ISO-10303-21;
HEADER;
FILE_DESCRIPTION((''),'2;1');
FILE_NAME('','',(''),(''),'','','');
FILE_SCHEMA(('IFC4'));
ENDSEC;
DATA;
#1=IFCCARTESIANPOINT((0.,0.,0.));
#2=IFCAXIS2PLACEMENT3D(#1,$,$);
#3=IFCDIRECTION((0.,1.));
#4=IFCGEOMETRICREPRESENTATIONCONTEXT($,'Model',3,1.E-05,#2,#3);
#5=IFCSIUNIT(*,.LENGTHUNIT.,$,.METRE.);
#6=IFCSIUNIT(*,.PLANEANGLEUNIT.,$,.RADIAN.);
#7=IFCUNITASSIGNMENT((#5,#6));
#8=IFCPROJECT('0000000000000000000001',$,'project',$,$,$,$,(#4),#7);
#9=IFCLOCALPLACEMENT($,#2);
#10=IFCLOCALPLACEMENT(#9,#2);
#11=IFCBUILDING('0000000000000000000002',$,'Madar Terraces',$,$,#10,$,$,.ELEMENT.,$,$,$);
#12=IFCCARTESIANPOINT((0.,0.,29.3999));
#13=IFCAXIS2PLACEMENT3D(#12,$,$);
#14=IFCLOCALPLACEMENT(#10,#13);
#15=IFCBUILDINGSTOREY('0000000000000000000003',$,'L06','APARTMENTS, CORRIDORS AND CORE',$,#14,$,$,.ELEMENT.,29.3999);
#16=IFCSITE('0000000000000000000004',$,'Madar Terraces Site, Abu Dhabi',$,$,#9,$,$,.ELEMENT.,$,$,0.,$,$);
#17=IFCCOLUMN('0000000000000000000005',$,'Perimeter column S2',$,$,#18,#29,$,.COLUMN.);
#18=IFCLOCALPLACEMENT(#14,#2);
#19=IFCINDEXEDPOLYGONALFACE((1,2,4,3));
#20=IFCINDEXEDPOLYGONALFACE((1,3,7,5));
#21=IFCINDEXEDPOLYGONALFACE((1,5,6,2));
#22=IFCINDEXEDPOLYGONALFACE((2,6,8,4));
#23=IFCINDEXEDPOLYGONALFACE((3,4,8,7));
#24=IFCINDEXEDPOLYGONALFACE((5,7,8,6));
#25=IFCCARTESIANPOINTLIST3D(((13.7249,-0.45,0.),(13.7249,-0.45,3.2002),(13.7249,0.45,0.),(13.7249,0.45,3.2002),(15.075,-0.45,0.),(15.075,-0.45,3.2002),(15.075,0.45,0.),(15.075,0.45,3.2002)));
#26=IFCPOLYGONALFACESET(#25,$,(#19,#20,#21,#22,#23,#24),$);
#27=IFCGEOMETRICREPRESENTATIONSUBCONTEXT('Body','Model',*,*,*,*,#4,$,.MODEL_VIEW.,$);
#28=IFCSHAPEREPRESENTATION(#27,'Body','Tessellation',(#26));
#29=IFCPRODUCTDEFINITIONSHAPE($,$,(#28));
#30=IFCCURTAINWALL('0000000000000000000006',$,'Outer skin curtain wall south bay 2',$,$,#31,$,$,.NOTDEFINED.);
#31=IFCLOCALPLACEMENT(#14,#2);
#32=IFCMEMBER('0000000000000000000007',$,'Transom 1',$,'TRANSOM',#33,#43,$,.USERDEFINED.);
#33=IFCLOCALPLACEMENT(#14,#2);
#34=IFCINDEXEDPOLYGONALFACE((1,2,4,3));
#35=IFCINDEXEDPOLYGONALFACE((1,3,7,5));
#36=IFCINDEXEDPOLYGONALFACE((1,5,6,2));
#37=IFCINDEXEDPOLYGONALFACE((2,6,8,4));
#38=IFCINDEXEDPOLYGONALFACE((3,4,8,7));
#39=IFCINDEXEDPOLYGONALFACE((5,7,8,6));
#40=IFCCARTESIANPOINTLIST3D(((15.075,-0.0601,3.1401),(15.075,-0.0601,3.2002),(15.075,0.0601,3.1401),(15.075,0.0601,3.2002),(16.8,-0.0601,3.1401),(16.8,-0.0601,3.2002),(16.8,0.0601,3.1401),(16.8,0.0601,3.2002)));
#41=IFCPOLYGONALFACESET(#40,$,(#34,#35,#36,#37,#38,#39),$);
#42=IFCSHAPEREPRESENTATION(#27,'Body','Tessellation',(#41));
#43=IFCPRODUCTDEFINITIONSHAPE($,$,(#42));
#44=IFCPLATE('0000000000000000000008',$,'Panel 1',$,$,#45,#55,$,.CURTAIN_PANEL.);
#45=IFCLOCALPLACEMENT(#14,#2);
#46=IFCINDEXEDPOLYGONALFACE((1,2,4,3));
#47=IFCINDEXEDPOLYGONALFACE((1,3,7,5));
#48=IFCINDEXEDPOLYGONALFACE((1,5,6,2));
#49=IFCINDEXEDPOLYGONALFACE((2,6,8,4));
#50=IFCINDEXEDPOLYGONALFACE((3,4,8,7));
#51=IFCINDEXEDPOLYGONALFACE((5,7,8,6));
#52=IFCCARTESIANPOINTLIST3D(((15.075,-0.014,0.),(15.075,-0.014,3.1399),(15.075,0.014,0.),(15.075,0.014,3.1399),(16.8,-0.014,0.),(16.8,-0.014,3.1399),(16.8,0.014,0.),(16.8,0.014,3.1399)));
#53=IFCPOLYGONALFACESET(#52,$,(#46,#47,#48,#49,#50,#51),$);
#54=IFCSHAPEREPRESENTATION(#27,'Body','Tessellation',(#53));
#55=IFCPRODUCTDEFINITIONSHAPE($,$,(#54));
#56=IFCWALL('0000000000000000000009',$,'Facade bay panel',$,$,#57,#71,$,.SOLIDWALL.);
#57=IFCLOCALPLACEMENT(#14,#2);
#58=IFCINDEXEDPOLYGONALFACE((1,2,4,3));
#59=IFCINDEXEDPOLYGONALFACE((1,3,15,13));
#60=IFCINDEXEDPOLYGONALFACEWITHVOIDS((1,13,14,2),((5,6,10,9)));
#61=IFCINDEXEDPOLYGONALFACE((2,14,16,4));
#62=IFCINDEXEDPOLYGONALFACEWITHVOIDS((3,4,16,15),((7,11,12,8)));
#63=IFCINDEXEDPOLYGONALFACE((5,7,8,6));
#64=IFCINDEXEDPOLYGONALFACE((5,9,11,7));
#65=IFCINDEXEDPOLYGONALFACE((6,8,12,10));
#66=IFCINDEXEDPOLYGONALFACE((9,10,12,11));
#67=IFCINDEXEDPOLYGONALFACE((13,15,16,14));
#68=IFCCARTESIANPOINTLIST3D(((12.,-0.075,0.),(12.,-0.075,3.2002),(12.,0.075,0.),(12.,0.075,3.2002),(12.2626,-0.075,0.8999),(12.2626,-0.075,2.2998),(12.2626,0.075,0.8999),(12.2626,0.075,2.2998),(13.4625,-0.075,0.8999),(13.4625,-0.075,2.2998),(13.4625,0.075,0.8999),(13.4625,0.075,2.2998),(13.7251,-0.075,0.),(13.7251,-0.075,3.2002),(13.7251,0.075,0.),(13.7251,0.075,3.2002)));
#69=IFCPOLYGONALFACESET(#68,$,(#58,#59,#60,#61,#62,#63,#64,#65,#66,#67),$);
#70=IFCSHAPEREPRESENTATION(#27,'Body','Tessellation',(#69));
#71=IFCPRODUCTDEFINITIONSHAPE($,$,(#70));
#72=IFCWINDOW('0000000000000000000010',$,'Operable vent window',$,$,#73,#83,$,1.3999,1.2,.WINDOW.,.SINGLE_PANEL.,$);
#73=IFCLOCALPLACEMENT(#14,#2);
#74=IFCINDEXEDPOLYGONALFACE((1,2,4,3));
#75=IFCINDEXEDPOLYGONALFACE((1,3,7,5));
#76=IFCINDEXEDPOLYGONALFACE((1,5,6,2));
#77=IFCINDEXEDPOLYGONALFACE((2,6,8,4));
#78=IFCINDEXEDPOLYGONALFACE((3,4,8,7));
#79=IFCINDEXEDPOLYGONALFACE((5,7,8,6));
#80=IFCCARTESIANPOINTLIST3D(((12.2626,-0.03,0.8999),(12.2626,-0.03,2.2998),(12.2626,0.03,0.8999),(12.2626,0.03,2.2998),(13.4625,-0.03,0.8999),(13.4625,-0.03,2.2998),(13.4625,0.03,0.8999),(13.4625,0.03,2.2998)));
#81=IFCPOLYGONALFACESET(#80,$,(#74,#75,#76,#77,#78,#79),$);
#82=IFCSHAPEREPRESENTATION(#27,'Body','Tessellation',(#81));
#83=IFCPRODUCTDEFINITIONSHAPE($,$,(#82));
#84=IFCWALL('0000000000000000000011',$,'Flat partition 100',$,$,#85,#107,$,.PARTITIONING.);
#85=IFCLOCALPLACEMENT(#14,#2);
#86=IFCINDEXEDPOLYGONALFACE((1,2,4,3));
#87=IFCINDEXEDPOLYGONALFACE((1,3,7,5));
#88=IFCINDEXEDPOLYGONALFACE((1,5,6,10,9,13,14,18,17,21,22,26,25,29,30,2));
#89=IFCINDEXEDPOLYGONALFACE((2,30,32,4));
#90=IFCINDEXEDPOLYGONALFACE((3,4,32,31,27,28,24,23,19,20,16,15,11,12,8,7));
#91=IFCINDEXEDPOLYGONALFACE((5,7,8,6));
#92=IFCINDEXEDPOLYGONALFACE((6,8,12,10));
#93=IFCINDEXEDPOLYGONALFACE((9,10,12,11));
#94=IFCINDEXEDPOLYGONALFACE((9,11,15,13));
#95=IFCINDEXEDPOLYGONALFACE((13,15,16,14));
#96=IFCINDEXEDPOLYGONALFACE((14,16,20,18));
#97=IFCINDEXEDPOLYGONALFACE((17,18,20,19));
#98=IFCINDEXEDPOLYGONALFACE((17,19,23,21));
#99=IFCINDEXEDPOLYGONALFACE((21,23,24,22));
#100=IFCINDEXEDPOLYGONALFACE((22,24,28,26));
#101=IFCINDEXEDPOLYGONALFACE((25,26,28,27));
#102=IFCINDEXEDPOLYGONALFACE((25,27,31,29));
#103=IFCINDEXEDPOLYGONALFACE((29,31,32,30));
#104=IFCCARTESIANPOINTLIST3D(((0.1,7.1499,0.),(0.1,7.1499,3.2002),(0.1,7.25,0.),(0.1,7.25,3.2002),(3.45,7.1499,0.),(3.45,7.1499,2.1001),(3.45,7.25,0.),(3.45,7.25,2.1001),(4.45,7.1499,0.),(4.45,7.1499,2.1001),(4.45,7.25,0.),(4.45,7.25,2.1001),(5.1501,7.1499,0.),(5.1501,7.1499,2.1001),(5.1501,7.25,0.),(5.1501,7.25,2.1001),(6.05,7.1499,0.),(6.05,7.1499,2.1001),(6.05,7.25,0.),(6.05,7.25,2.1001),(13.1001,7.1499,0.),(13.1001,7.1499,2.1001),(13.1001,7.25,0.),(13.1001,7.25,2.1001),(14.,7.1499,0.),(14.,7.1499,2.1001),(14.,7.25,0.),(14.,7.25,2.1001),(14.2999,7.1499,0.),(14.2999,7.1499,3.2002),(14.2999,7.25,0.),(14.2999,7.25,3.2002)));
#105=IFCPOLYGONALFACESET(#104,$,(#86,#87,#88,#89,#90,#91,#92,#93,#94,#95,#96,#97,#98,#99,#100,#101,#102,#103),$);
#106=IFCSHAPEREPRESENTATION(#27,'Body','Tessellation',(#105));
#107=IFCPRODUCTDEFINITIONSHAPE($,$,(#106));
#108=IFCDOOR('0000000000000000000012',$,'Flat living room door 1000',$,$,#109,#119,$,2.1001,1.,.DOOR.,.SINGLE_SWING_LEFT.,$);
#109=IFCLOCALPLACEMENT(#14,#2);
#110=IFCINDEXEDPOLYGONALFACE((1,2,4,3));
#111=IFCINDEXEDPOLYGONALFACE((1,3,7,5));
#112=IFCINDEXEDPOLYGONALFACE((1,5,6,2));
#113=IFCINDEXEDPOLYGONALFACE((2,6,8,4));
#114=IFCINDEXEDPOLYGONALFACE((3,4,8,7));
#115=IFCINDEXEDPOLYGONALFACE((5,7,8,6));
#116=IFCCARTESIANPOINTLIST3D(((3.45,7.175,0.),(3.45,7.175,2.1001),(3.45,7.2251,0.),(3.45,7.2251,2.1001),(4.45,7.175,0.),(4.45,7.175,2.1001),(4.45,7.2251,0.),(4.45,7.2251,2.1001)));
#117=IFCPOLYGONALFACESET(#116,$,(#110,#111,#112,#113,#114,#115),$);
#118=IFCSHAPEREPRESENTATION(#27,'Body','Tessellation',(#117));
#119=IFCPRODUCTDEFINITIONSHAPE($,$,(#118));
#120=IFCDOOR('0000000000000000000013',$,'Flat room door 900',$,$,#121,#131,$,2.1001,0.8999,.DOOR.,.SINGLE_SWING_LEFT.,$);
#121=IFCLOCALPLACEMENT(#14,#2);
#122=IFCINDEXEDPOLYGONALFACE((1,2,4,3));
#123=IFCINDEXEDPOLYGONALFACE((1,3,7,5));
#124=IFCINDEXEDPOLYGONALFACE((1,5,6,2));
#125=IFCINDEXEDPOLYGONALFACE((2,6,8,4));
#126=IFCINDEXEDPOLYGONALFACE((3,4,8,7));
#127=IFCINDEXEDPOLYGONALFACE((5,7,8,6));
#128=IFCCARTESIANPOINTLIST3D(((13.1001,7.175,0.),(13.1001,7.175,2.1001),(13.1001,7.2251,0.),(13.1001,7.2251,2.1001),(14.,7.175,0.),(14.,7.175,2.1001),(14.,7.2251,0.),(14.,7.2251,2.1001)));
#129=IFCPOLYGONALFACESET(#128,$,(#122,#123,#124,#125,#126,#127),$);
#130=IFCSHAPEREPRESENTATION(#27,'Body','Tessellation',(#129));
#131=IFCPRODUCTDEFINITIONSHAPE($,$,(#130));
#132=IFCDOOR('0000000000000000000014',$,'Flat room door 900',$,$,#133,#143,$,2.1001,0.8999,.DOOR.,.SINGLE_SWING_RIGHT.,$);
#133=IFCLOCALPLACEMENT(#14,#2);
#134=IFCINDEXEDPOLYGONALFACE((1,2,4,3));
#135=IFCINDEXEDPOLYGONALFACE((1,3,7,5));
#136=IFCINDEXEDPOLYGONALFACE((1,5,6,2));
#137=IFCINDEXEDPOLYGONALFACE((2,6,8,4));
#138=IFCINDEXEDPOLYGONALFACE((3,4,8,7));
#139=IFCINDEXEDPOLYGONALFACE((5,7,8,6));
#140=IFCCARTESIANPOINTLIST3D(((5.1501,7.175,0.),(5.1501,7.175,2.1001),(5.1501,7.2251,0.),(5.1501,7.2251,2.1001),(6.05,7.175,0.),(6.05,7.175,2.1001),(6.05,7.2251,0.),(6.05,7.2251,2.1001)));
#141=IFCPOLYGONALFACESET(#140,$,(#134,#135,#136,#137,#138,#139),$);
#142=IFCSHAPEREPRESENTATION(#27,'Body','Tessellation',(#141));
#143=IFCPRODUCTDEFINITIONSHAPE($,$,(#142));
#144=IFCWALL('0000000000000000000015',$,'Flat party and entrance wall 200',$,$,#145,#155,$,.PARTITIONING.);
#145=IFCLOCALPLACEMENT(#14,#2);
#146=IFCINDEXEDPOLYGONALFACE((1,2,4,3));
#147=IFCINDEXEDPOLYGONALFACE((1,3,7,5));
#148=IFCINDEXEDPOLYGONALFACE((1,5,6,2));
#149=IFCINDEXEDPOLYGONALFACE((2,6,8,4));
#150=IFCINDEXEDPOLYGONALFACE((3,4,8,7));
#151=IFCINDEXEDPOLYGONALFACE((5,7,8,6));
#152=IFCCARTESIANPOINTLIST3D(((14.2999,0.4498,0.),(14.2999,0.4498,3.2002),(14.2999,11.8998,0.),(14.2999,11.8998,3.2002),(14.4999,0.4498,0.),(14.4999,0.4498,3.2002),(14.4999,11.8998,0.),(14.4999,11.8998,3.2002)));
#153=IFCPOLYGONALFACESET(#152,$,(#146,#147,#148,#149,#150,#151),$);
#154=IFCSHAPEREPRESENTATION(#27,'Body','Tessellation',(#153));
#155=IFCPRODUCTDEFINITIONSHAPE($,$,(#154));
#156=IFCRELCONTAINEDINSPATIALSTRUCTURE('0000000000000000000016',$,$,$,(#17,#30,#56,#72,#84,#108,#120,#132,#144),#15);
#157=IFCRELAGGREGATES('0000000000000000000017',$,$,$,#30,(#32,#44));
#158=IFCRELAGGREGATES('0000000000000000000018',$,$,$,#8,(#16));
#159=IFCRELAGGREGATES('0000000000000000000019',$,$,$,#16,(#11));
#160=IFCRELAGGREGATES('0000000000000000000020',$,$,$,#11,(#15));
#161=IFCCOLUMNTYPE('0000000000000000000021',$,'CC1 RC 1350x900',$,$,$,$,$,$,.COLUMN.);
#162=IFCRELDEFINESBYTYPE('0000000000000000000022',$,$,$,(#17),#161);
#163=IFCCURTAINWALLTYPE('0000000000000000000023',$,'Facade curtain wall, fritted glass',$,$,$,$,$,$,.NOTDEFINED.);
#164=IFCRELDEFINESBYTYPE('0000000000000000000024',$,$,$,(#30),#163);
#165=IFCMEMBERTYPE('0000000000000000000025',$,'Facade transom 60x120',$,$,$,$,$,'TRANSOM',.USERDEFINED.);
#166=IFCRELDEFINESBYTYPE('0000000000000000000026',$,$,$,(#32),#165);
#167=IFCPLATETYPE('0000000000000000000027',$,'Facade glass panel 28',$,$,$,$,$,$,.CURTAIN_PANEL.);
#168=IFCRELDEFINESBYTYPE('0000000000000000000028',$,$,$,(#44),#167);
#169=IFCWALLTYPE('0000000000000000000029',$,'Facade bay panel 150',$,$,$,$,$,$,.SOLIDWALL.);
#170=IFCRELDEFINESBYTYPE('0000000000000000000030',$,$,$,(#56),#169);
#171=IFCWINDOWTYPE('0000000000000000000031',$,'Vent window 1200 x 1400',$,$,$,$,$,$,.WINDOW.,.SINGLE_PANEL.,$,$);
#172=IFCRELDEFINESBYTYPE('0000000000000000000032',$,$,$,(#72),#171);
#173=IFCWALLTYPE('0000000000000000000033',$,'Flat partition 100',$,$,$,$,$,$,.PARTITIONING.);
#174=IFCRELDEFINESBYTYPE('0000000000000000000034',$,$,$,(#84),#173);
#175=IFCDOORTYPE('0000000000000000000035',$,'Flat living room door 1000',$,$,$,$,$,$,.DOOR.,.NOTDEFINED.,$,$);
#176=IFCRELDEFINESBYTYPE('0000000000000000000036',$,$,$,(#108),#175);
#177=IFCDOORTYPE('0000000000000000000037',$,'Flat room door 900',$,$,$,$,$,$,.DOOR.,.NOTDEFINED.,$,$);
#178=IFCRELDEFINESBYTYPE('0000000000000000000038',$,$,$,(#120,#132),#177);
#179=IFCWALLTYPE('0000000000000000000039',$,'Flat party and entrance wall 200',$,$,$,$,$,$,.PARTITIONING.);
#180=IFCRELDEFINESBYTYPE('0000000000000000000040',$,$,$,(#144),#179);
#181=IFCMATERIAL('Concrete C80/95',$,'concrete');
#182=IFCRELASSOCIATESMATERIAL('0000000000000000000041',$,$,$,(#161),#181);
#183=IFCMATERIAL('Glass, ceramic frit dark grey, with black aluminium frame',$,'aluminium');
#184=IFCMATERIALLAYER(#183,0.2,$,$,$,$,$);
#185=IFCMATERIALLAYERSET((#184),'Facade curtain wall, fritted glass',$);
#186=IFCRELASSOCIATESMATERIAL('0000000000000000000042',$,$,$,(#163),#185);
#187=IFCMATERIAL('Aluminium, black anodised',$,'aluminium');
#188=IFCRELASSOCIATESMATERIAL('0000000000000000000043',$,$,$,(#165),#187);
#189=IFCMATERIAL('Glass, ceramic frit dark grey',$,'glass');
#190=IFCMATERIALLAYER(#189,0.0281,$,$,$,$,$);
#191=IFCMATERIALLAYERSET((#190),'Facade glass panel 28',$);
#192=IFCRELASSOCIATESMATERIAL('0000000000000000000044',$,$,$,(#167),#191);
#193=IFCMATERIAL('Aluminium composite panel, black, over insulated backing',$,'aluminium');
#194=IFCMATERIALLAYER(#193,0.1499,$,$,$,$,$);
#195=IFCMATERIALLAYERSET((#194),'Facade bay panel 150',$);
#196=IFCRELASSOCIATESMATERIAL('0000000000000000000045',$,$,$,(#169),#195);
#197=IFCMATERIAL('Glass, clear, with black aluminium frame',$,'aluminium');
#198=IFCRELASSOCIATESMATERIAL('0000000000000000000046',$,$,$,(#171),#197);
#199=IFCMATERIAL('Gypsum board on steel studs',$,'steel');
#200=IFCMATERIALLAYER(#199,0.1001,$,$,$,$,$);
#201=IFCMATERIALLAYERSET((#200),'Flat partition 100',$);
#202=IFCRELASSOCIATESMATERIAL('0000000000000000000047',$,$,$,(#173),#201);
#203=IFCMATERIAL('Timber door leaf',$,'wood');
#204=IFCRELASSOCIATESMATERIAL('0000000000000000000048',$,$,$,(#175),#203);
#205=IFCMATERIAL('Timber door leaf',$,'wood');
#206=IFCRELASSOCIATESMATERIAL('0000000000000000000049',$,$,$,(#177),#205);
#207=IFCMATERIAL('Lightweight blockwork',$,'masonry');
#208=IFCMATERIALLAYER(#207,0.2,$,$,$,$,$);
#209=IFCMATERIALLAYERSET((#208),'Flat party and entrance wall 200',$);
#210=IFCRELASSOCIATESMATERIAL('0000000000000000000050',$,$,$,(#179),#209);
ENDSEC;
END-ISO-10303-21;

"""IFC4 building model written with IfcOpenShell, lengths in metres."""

from ifc_helpers import new_model, si_unit, direction, frame, frame_2d, origin, origin_2d, place, context, subcontext, project, spatial, rectangle, extrude, material, layer, layer_set, material_profile, profile_set, type_object, element, fill, aggregate, save


model = new_model("IFC4")

# Units and contexts
model_context = context("Model", 3, precision=1e-05, world=origin(), true_north=direction((0.0, 1.0)))
body_context = subcontext(model_context, "Body", "Model", "MODEL_VIEW")
ifc_project = project(units=[si_unit("LENGTHUNIT", "METRE"), si_unit("PLANEANGLEUNIT", "RADIAN")], contexts=[model_context])

# Site, building, storey
site_placement = place(None, origin())
site = spatial("IfcSite", under=ifc_project, at=site_placement, Name="Madar Terraces Site, Abu Dhabi", CompositionType="ELEMENT", RefElevation=0.0)
building_placement = place(site_placement, origin())
building = spatial("IfcBuilding", under=site, at=building_placement, Name="Madar Terraces", CompositionType="ELEMENT")
storey_placement = place(building_placement, frame((0.0, 0.0, 29.3999)))
storey = spatial("IfcBuildingStorey", under=building, at=storey_placement, Name="L06", Description="APARTMENTS, CORRIDORS AND CORE", CompositionType="ELEMENT", Elevation=29.3999)

# Column
ifc_material_1 = material(Name="Concrete C80/95", Category="concrete")
ifc_material_profile_1 = material_profile(ifc_material_1, rectangle(XDim=1.3501, YDim=0.8999, at=origin_2d()), Name="CC1 RC 1350x900")
ifc_profile_set_1 = profile_set([ifc_material_profile_1], Name="Concrete C80/95")
column_type = type_object("IfcColumnType", Name="CC1 RC 1350x900", PredefinedType="COLUMN", material=ifc_profile_set_1)
column_placement = place(storey_placement, frame((14.3999, 0.0, 0.0), z_axis=(0.0, 0.0, 1.0), x_axis=(1.0, 0.0, 0.0)))
element("IfcColumn", 1, at=column_placement, inside=storey, type_object=column_type, Name="Perimeter column S2", PredefinedType="COLUMN", context=body_context, shape_type="SweptSolid", body=[
    extrude(rectangle(XDim=1.3501, YDim=0.8999, at=origin_2d()), origin(), (0.0, 0.0, 1.0), 3.2002),
])

# Curtain wall, member, plate
ifc_material_2 = material(Name="Glass, ceramic frit dark grey, with black aluminium frame", Category="aluminium")
ifc_layer_1 = layer(ifc_material_2, 0.2)
ifc_layer_set_1 = layer_set([ifc_layer_1], Name="Facade curtain wall, fritted glass")
curtain_wall_type = type_object("IfcCurtainWallType", Name="Facade curtain wall, fritted glass", PredefinedType="NOTDEFINED", material=ifc_layer_set_1)
curtain_wall_placement = place(storey_placement, origin())
curtain_wall = element("IfcCurtainWall", 2, at=curtain_wall_placement, inside=storey, type_object=curtain_wall_type, Name="Outer skin curtain wall south bay 2", PredefinedType="NOTDEFINED")
ifc_material_3 = material(Name="Aluminium, black anodised", Category="aluminium")
ifc_material_profile_2 = material_profile(ifc_material_3, rectangle(XDim=0.1201, YDim=0.0601, at=origin_2d()), Name="Facade transom 60x120")
ifc_profile_set_2 = profile_set([ifc_material_profile_2], Name="Aluminium, black anodised")
member_type = type_object("IfcMemberType", Name="Facade transom 60x120", ElementType="TRANSOM", PredefinedType="USERDEFINED", material=ifc_profile_set_2)
member_placement = place(storey_placement, frame((15.075, 0.0, 3.1702), z_axis=(1.0, 0.0, 0.0), x_axis=(0.0, 1.0, 0.0)))
member = element("IfcMember", 3, at=member_placement, type_object=member_type, Name="Transom 1", ObjectType="TRANSOM", PredefinedType="USERDEFINED", context=body_context, shape_type="SweptSolid", body=[
    extrude(rectangle(XDim=0.1201, YDim=0.0601, at=origin_2d()), origin(), (0.0, 0.0, 1.0), 1.7251),
])
ifc_material_4 = material(Name="Glass, ceramic frit dark grey", Category="glass")
ifc_layer_2 = layer(ifc_material_4, 0.0281)
ifc_layer_set_2 = layer_set([ifc_layer_2], Name="Facade glass panel 28")
plate_type = type_object("IfcPlateType", Name="Facade glass panel 28", PredefinedType="CURTAIN_PANEL", material=ifc_layer_set_2)
plate_placement = place(storey_placement, frame((15.9375, 0.0, 0.0), z_axis=(0.0, 0.0, 1.0), x_axis=(1.0, 0.0, 0.0)))
plate = element("IfcPlate", 4, at=plate_placement, type_object=plate_type, Name="Panel 1", PredefinedType="CURTAIN_PANEL", context=body_context, shape_type="SweptSolid", body=[
    extrude(rectangle(XDim=1.7251, YDim=0.0281, at=origin_2d()), origin(), (0.0, 0.0, 1.0), 3.1399),
])
aggregate(curtain_wall, [member, plate])

# Wall, opening, window
ifc_material_5 = material(Name="Aluminium composite panel, black, over insulated backing", Category="aluminium")
ifc_layer_3 = layer(ifc_material_5, 0.1499)
ifc_layer_set_3 = layer_set([ifc_layer_3], Name="Facade bay panel 150")
wall_type_1 = type_object("IfcWallType", Name="Facade bay panel 150", PredefinedType="SOLIDWALL", material=ifc_layer_set_3)
wall_1_placement = place(storey_placement, frame((12.0, 0.0, 0.0), z_axis=(0.0, 0.0, 1.0), x_axis=(1.0, 0.0, 0.0)))
wall_1 = element("IfcWall", 5, at=wall_1_placement, inside=storey, type_object=wall_type_1, Name="Facade bay panel", PredefinedType="SOLIDWALL", context=body_context, shape_type="SweptSolid", body=[
    extrude(rectangle(XDim=1.7251, YDim=0.1499, at=frame_2d((0.8625, 0.0))), origin(), (0.0, 0.0, 1.0), 3.2002),
])
opening_1_placement = place(wall_1_placement, frame((0.2625, 0.0, 0.8999)))
opening_1 = element("IfcOpeningElement", 6, at=opening_1_placement, cuts=wall_1, PredefinedType="OPENING", context=body_context, shape_type="SweptSolid", body=[
    extrude(rectangle(XDim=1.2, YDim=1.3999, at=frame_2d((0.6001, 0.7))), frame((0.0, 0.085, 0.0), z_axis=(0.0, -1.0, 0.0), x_axis=(1.0, 0.0, 0.0)), (0.0, 0.0, 1.0), 0.1699),
])
ifc_material_6 = material(Name="Glass, clear, with black aluminium frame", Category="aluminium")
window_type = type_object("IfcWindowType", Name="Vent window 1200 x 1400", PartitioningType="SINGLE_PANEL", PredefinedType="WINDOW", material=ifc_material_6)
window_placement = place(opening_1_placement, origin())
window = element("IfcWindow", 7, at=window_placement, inside=storey, type_object=window_type, Name="Operable vent window", OverallHeight=1.3999, OverallWidth=1.2, PartitioningType="SINGLE_PANEL", PredefinedType="WINDOW", context=body_context, shape_type="SweptSolid", body=[
    extrude(rectangle(XDim=1.2, YDim=1.3999, at=frame_2d((0.6001, 0.7))), frame((0.0, 0.03, 0.0), z_axis=(0.0, -1.0, 0.0), x_axis=(1.0, 0.0, 0.0)), (0.0, 0.0, 1.0), 0.0601),
])
fill(opening_1, window)

# Wall, openings, doors
ifc_material_7 = material(Name="Gypsum board on steel studs", Category="steel")
ifc_layer_4 = layer(ifc_material_7, 0.1001)
ifc_layer_set_4 = layer_set([ifc_layer_4], Name="Flat partition 100")
wall_type_2 = type_object("IfcWallType", Name="Flat partition 100", PredefinedType="PARTITIONING", material=ifc_layer_set_4)
wall_2_placement = place(storey_placement, frame((14.3, 7.2, 0.0), z_axis=(0.0, 0.0, 1.0), x_axis=(-1.0, 0.0, 0.0)))
wall_2 = element("IfcWall", 8, at=wall_2_placement, inside=storey, type_object=wall_type_2, Name="Flat partition 100", PredefinedType="PARTITIONING", context=body_context, shape_type="SweptSolid", body=[
    extrude(rectangle(XDim=14.2, YDim=0.1001, at=frame_2d((7.1001, 0.0))), origin(), (0.0, 0.0, 1.0), 3.2002),
])
opening_2_placement = place(wall_2_placement, frame((0.3, 0.0, 0.0)))
opening_2 = element("IfcOpeningElement", 9, at=opening_2_placement, cuts=wall_2, PredefinedType="OPENING", context=body_context, shape_type="SweptSolid", body=[
    extrude(rectangle(XDim=0.8999, YDim=2.1001, at=frame_2d((0.45, 1.05))), frame((0.0, 0.0601, 0.0), z_axis=(0.0, -1.0, 0.0), x_axis=(1.0, 0.0, 0.0)), (0.0, 0.0, 1.0), 0.1201),
])
opening_3_placement = place(wall_2_placement, frame((8.25, 0.0, 0.0)))
opening_3 = element("IfcOpeningElement", 10, at=opening_3_placement, cuts=wall_2, PredefinedType="OPENING", context=body_context, shape_type="SweptSolid", body=[
    extrude(rectangle(XDim=0.8999, YDim=2.1001, at=frame_2d((0.45, 1.05))), frame((0.0, 0.0601, 0.0), z_axis=(0.0, -1.0, 0.0), x_axis=(1.0, 0.0, 0.0)), (0.0, 0.0, 1.0), 0.1201),
])
opening_4_placement = place(wall_2_placement, frame((9.8501, 0.0, 0.0)))
opening_4 = element("IfcOpeningElement", 11, at=opening_4_placement, cuts=wall_2, PredefinedType="OPENING", context=body_context, shape_type="SweptSolid", body=[
    extrude(rectangle(XDim=1.0, YDim=2.1001, at=frame_2d((0.5, 1.05))), frame((0.0, 0.0601, 0.0), z_axis=(0.0, -1.0, 0.0), x_axis=(1.0, 0.0, 0.0)), (0.0, 0.0, 1.0), 0.1201),
])
ifc_material_8 = material(Name="Timber door leaf", Category="wood")
door_type_1 = type_object("IfcDoorType", Name="Flat living room door 1000", OperationType="NOTDEFINED", PredefinedType="DOOR", material=ifc_material_8)
door_1_placement = place(opening_4_placement, origin())
door_1 = element("IfcDoor", 12, at=door_1_placement, inside=storey, type_object=door_type_1, Name="Flat living room door 1000", OperationType="SINGLE_SWING_LEFT", OverallHeight=2.1001, OverallWidth=1.0, PredefinedType="DOOR", context=body_context, shape_type="SweptSolid", body=[
    extrude(rectangle(XDim=1.0, YDim=2.1001, at=frame_2d((0.5, 1.05))), frame((0.0, 0.0249, 0.0), z_axis=(0.0, -1.0, 0.0), x_axis=(1.0, 0.0, 0.0)), (0.0, 0.0, 1.0), 0.05),
])
fill(opening_4, door_1)
ifc_material_9 = material(Name="Timber door leaf", Category="wood")
door_type_2 = type_object("IfcDoorType", Name="Flat room door 900", OperationType="NOTDEFINED", PredefinedType="DOOR", material=ifc_material_9)
door_2_placement = place(opening_2_placement, origin())
door_2 = element("IfcDoor", 13, at=door_2_placement, inside=storey, type_object=door_type_2, Name="Flat room door 900", OperationType="SINGLE_SWING_LEFT", OverallHeight=2.1001, OverallWidth=0.8999, PredefinedType="DOOR", context=body_context, shape_type="SweptSolid", body=[
    extrude(rectangle(XDim=0.8999, YDim=2.1001, at=frame_2d((0.45, 1.05))), frame((0.0, 0.0249, 0.0), z_axis=(0.0, -1.0, 0.0), x_axis=(1.0, 0.0, 0.0)), (0.0, 0.0, 1.0), 0.05),
])
fill(opening_2, door_2)
door_3_placement = place(opening_3_placement, origin())
door_3 = element("IfcDoor", 14, at=door_3_placement, inside=storey, type_object=door_type_2, Name="Flat room door 900", OperationType="SINGLE_SWING_RIGHT", OverallHeight=2.1001, OverallWidth=0.8999, PredefinedType="DOOR", context=body_context, shape_type="SweptSolid", body=[
    extrude(rectangle(XDim=0.8999, YDim=2.1001, at=frame_2d((0.45, 1.05))), frame((0.0, 0.0249, 0.0), z_axis=(0.0, -1.0, 0.0), x_axis=(1.0, 0.0, 0.0)), (0.0, 0.0, 1.0), 0.05),
])
fill(opening_3, door_3)

# Wall
ifc_material_10 = material(Name="Lightweight blockwork", Category="masonry")
ifc_layer_5 = layer(ifc_material_10, 0.2)
ifc_layer_set_5 = layer_set([ifc_layer_5], Name="Flat party and entrance wall 200")
wall_type_3 = type_object("IfcWallType", Name="Flat party and entrance wall 200", PredefinedType="PARTITIONING", material=ifc_layer_set_5)
wall_3_placement = place(storey_placement, frame((14.3999, 11.8999, 0.0), z_axis=(0.0, 0.0, 1.0), x_axis=(0.0, -1.0, 0.0)))
element("IfcWall", 15, at=wall_3_placement, inside=storey, type_object=wall_type_3, Name="Flat party and entrance wall 200", PredefinedType="PARTITIONING", context=body_context, shape_type="SweptSolid", body=[
    extrude(rectangle(XDim=11.45, YDim=0.2, at=frame_2d((5.7251, 0.0))), origin(), (0.0, 0.0, 1.0), 3.2002),
])

save(model, "model.ifc")
